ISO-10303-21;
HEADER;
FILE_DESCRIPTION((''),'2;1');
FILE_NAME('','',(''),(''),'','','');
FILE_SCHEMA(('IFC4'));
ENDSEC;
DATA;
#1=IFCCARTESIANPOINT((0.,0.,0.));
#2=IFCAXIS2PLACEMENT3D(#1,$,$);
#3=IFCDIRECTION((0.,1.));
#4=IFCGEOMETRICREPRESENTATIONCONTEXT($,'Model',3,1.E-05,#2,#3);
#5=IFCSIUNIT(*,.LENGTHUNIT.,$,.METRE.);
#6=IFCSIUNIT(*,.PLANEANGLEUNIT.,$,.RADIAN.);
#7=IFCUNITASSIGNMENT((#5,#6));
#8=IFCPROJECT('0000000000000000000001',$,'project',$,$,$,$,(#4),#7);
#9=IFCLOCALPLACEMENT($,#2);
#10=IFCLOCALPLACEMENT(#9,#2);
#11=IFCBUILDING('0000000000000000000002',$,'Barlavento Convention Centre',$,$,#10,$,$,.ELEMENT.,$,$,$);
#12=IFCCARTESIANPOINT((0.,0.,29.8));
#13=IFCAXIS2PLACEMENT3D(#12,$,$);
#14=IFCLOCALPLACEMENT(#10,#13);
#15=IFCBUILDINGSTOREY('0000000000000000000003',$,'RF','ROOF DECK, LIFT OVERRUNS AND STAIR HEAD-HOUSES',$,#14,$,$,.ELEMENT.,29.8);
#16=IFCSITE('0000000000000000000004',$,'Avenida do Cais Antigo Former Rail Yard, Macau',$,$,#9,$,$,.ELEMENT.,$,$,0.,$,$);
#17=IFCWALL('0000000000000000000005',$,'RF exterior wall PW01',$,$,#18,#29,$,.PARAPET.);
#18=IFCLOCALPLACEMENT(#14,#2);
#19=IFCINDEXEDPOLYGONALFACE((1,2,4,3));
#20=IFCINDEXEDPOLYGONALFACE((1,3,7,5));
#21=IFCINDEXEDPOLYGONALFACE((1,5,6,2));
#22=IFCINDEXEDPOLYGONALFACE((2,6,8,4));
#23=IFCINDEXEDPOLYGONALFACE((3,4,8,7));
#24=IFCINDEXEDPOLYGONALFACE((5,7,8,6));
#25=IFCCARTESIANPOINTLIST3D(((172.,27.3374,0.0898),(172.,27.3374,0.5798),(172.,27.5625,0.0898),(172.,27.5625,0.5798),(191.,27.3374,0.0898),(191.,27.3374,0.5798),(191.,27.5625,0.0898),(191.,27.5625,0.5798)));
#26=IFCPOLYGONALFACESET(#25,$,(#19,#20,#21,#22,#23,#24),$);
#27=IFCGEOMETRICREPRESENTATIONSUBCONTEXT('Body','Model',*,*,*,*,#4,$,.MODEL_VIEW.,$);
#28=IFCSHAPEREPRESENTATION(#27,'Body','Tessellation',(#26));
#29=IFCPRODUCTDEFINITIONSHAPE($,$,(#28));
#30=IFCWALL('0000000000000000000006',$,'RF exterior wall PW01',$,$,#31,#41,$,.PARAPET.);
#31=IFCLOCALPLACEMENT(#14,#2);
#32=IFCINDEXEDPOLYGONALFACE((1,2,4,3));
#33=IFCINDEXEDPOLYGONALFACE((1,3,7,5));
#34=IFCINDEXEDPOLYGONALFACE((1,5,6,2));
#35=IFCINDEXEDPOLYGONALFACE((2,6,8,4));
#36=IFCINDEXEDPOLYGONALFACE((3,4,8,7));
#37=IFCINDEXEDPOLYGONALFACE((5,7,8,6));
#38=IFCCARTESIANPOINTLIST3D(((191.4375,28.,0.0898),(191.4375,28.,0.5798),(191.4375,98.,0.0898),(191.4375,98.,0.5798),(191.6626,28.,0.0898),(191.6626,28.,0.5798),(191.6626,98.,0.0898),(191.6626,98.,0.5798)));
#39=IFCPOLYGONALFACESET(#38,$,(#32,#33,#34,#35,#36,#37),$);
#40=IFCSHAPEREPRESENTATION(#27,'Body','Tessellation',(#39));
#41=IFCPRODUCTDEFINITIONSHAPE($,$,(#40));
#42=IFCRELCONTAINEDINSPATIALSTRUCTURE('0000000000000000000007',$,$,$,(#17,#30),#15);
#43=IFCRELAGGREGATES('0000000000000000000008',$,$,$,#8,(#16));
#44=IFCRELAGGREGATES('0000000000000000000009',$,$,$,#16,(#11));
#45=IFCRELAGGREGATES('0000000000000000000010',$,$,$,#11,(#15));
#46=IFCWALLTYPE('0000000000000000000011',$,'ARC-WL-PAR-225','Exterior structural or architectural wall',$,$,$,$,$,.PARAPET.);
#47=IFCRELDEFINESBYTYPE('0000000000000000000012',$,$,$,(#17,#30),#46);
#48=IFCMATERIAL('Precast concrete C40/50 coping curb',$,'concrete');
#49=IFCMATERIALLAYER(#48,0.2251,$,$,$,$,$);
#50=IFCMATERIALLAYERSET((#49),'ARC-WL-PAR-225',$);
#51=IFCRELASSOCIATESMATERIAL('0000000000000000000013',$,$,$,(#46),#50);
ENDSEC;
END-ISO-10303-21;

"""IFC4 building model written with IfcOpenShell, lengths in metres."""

from ifc_helpers import new_model, si_unit, direction, frame, frame_2d, origin, place, context, subcontext, project, spatial, rectangle, extrude, material, layer, layer_set, type_object, element, save


model = new_model("IFC4")

# Units and contexts
model_context = context("Model", 3, precision=1e-05, world=origin(), true_north=direction((0.0, 1.0)))
body_context = subcontext(model_context, "Body", "Model", "MODEL_VIEW")
ifc_project = project(units=[si_unit("LENGTHUNIT", "METRE"), si_unit("PLANEANGLEUNIT", "RADIAN")], contexts=[model_context])

# Site, building, storey
site_placement = place(None, origin())
site = spatial("IfcSite", under=ifc_project, at=site_placement, Name="Avenida do Cais Antigo Former Rail Yard, Macau", CompositionType="ELEMENT", RefElevation=0.0)
building_placement = place(site_placement, origin())
building = spatial("IfcBuilding", under=site, at=building_placement, Name="Barlavento Convention Centre", CompositionType="ELEMENT")
storey_placement = place(building_placement, frame((0.0, 0.0, 29.8)))
storey = spatial("IfcBuildingStorey", under=building, at=storey_placement, Name="RF", Description="ROOF DECK, LIFT OVERRUNS AND STAIR HEAD-HOUSES", CompositionType="ELEMENT", Elevation=29.8)

# Walls
ifc_material_1 = material(Name="Precast concrete C40/50 coping curb", Category="concrete")
ifc_layer = layer(ifc_material_1, 0.2251)
ifc_layer_set = layer_set([ifc_layer], Name="ARC-WL-PAR-225")
wall_type = type_object("IfcWallType", Name="ARC-WL-PAR-225", Description="Exterior structural or architectural wall", PredefinedType="PARAPET", material=ifc_layer_set)
wall_1_placement = place(storey_placement, frame((172.0, 27.45, 0.0898), z_axis=(0.0, 0.0, 1.0), x_axis=(1.0, 0.0, 0.0)))
element("IfcWall", 1, at=wall_1_placement, inside=storey, type_object=wall_type, Name="RF exterior wall PW01", PredefinedType="PARAPET", context=body_context, shape_type="SweptSolid", body=[
    extrude(rectangle(XDim=19.0, YDim=0.2251, at=frame_2d((9.5, 0.0))), origin(), (0.0, 0.0, 1.0), 0.49),
])
wall_2_placement = place(storey_placement, frame((191.55, 28.0, 0.0898), z_axis=(0.0, 0.0, 1.0), x_axis=(0.0, 1.0, 0.0)))
element("IfcWall", 2, at=wall_2_placement, inside=storey, type_object=wall_type, Name="RF exterior wall PW01", PredefinedType="PARAPET", context=body_context, shape_type="SweptSolid", body=[
    extrude(rectangle(XDim=70.0, YDim=0.2251, at=frame_2d((35.0, 0.0))), origin(), (0.0, 0.0, 1.0), 0.49),
])

save(model, "model.ifc")
